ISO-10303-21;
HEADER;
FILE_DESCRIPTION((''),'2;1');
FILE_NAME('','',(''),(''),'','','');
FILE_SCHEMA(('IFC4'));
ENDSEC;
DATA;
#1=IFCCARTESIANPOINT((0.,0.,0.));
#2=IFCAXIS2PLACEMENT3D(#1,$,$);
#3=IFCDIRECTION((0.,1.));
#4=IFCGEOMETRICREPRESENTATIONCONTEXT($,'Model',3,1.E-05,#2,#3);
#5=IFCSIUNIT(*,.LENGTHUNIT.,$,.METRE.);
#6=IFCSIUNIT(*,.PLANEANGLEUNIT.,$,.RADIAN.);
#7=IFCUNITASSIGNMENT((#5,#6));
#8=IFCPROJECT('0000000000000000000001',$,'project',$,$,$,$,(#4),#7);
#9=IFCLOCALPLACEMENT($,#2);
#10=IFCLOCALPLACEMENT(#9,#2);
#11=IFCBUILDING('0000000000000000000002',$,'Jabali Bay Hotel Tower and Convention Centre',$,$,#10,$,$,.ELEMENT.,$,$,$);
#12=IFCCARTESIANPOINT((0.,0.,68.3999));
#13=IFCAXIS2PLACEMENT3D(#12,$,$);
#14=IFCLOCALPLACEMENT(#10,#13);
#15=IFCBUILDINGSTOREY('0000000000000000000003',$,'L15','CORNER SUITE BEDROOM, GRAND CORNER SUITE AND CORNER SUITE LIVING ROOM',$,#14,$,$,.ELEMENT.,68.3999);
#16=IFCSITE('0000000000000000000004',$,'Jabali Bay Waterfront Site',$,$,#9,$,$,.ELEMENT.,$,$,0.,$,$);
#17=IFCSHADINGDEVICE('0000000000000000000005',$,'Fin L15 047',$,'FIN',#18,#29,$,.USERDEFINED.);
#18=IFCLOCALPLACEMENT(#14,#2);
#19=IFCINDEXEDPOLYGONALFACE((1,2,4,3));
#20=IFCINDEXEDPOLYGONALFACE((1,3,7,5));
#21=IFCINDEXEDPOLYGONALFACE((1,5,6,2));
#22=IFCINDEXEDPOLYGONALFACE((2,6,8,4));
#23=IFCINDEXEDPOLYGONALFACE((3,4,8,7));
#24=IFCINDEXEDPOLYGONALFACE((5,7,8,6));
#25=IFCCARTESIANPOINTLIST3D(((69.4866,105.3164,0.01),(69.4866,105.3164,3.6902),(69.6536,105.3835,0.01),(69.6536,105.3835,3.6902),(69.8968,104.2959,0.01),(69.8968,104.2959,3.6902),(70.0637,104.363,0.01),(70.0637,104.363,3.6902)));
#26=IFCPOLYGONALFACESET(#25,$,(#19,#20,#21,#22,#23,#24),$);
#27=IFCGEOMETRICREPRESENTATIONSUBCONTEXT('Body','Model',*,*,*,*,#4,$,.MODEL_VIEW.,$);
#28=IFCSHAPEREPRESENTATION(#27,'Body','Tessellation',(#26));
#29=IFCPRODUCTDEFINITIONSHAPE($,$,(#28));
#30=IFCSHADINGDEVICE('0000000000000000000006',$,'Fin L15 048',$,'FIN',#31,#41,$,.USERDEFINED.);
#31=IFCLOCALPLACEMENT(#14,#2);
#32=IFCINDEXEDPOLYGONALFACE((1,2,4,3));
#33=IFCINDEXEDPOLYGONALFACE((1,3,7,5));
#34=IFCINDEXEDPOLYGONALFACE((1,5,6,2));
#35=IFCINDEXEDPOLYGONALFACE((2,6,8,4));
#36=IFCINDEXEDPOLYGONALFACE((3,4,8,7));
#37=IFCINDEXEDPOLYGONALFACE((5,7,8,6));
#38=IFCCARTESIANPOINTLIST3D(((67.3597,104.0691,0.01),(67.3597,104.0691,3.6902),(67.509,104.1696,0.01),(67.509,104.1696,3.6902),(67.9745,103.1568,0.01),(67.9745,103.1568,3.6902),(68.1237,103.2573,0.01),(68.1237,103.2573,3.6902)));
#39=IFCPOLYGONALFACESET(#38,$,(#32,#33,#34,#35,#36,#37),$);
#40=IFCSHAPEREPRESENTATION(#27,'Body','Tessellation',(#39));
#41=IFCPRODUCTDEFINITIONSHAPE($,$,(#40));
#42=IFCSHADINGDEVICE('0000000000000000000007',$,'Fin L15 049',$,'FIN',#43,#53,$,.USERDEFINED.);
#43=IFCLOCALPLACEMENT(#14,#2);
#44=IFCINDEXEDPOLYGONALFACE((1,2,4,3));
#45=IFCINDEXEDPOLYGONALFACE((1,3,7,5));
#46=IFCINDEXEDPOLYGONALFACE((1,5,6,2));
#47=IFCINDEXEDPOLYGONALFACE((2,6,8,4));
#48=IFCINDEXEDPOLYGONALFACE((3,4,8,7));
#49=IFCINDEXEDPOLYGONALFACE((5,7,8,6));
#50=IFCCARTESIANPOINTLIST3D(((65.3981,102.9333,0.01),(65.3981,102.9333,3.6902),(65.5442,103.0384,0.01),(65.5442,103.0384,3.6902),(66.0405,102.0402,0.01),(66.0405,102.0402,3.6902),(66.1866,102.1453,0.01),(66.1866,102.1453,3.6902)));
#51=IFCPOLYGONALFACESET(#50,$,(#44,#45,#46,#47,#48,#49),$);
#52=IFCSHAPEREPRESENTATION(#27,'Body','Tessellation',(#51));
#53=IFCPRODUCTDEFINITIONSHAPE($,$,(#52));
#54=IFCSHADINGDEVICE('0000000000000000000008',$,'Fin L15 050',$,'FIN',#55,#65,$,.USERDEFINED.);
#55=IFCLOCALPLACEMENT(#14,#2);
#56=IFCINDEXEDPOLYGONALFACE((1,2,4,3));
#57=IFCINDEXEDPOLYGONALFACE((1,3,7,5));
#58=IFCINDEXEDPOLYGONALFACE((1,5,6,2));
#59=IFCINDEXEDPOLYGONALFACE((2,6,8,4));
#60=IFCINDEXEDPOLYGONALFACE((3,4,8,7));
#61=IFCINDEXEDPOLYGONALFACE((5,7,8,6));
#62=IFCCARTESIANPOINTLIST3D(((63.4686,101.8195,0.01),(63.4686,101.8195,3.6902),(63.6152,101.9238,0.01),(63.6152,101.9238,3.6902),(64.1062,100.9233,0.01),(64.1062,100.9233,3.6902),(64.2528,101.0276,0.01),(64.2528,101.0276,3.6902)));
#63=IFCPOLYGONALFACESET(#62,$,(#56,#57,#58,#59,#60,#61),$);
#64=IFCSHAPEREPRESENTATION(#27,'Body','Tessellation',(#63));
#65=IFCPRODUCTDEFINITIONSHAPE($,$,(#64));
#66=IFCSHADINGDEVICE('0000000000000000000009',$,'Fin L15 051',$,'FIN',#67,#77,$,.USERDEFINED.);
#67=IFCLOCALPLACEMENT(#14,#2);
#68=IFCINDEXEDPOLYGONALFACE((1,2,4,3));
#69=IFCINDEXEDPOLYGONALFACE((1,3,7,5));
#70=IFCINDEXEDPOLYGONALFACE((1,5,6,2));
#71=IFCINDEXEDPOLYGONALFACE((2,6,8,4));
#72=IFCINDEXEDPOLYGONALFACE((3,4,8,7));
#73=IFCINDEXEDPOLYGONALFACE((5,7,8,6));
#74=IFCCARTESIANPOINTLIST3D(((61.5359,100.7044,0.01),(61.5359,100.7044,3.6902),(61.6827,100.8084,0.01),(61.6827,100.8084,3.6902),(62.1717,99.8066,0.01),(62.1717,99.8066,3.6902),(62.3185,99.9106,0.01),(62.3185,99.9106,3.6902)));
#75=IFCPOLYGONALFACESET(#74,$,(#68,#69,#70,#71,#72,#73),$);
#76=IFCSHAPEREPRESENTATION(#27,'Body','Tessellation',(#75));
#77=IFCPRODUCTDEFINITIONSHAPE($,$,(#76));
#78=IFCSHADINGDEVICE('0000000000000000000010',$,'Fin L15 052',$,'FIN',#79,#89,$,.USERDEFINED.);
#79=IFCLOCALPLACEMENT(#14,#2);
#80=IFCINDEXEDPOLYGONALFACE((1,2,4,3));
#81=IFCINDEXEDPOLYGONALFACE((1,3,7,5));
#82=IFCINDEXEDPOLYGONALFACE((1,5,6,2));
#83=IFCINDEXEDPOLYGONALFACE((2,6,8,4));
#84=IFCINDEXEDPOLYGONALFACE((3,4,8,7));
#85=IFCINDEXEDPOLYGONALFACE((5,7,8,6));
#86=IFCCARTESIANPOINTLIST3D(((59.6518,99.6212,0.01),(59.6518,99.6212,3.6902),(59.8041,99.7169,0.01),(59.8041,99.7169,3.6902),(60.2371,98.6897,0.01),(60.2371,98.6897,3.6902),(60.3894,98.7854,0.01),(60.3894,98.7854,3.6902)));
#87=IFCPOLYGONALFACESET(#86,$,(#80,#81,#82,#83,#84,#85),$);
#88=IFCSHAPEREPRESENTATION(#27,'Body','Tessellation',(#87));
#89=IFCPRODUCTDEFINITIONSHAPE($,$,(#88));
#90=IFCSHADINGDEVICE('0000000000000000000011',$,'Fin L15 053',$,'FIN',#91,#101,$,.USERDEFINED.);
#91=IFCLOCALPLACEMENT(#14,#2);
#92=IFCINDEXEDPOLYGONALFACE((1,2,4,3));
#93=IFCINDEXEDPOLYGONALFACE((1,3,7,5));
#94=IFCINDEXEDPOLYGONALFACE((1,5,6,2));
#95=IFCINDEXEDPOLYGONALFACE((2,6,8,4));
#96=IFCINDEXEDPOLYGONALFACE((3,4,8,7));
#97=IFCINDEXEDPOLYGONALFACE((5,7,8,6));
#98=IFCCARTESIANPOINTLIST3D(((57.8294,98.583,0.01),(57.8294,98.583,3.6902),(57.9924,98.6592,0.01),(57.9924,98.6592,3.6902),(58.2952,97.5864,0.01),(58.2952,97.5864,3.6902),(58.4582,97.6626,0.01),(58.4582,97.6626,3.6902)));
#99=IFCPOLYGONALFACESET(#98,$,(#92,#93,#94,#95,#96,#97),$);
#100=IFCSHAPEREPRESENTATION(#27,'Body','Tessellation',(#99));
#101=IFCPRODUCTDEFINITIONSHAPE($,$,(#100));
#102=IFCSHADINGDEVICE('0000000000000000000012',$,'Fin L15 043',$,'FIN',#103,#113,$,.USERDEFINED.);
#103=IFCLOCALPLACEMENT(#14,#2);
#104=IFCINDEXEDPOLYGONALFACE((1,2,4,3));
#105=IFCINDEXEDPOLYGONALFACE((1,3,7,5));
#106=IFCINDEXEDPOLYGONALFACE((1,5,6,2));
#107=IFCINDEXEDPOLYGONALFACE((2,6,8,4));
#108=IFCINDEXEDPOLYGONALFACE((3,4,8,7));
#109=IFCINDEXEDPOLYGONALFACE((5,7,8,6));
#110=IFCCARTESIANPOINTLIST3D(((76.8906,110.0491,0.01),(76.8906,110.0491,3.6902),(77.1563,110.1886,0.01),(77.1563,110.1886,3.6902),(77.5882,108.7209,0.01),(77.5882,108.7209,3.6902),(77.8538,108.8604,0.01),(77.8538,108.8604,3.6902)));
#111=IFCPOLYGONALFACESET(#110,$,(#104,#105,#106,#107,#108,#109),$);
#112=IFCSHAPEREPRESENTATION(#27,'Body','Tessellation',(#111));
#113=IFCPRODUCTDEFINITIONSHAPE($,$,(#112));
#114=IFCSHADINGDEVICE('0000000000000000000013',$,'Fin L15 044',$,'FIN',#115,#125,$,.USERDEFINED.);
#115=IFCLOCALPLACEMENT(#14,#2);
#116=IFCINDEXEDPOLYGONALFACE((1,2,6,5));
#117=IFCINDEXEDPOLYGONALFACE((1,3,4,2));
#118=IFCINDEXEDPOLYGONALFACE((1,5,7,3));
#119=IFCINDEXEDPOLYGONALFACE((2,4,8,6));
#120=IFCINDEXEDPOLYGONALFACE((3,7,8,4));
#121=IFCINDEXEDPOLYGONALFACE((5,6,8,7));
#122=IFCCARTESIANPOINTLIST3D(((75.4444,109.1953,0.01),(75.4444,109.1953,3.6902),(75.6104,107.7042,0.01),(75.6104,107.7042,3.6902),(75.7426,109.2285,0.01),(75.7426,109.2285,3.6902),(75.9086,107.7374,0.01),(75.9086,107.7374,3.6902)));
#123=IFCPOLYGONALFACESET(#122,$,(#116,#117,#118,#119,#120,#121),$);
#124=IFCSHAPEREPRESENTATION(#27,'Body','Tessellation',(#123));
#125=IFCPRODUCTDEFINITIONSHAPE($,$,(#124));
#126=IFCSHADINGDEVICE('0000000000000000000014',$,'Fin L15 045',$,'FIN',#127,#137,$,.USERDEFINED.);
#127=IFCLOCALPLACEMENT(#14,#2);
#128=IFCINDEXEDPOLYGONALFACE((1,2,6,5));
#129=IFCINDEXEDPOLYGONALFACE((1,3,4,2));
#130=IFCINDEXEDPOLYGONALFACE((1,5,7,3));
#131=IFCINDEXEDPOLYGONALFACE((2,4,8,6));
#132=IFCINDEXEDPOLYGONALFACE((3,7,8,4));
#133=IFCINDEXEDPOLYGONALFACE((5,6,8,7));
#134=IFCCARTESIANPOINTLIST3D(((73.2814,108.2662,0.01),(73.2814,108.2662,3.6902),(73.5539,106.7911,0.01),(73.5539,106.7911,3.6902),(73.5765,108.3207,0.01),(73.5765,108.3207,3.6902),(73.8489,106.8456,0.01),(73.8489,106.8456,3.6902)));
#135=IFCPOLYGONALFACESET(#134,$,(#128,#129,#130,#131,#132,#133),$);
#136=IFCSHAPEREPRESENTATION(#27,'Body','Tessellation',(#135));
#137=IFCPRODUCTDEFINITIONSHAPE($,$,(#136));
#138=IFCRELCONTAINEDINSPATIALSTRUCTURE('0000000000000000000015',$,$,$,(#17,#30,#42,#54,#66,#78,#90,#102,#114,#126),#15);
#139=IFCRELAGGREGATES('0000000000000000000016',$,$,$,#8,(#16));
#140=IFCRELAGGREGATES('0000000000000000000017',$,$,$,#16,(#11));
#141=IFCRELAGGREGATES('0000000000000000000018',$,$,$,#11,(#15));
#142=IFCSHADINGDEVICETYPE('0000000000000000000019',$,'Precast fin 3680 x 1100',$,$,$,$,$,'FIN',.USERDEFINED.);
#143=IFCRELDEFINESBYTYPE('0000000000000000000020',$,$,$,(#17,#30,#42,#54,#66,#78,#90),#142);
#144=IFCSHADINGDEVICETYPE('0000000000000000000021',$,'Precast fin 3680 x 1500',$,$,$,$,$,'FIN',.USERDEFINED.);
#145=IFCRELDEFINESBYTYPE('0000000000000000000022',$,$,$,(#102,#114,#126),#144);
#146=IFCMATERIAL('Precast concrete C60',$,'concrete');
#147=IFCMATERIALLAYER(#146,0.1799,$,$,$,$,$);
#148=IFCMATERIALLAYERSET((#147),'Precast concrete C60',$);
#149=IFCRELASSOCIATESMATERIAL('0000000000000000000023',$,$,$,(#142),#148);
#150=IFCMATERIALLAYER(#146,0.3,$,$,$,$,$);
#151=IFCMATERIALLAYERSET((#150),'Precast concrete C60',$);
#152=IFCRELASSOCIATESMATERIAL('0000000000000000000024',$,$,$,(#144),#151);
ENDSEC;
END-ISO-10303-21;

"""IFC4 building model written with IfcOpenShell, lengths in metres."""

from ifc_helpers import new_model, si_unit, direction, frame, frame_2d, origin, place, context, subcontext, project, spatial, rectangle, extrude, material, layer, layer_set, type_object, element, save


model = new_model("IFC4")

# Units and contexts
model_context = context("Model", 3, precision=1e-05, world=origin(), true_north=direction((0.0, 1.0)))
body_context = subcontext(model_context, "Body", "Model", "MODEL_VIEW")
ifc_project = project(units=[si_unit("LENGTHUNIT", "METRE"), si_unit("PLANEANGLEUNIT", "RADIAN")], contexts=[model_context])

# Site, building, storey
site_placement = place(None, origin())
site = spatial("IfcSite", under=ifc_project, at=site_placement, Name="Jabali Bay Waterfront Site", CompositionType="ELEMENT", RefElevation=0.0)
building_placement = place(site_placement, origin())
building = spatial("IfcBuilding", under=site, at=building_placement, Name="Jabali Bay Hotel Tower and Convention Centre", CompositionType="ELEMENT")
storey_placement = place(building_placement, frame((0.0, 0.0, 68.3999)))
storey = spatial("IfcBuildingStorey", under=building, at=storey_placement, Name="L15", Description="CORNER SUITE BEDROOM, GRAND CORNER SUITE AND CORNER SUITE LIVING ROOM", CompositionType="ELEMENT", Elevation=68.3999)

# Shading devices
ifc_material_1 = material(Name="Precast concrete C60", Category="concrete")
ifc_layer_1 = layer(ifc_material_1, 0.1799)
ifc_layer_set_1 = layer_set([ifc_layer_1], Name="Precast concrete C60")
shading_device_type_1 = type_object("IfcShadingDeviceType", Name="Precast fin 3680 x 1100", ElementType="FIN", PredefinedType="USERDEFINED", material=ifc_layer_set_1)
shading_device_1_placement = place(storey_placement, frame((69.9802, 104.3296, 0.01), z_axis=(0.0, 0.0, 1.0), x_axis=(-0.372921, 0.927863, 0.0)))
element("IfcShadingDevice", 1, at=shading_device_1_placement, inside=storey, type_object=shading_device_type_1, Name="Fin L15 047", ObjectType="FIN", PredefinedType="USERDEFINED", context=body_context, shape_type="SweptSolid", body=[
    extrude(rectangle(XDim=1.0999, YDim=0.1799, at=frame_2d((0.5498, 0.0))), origin(), (0.0, 0.0, 1.0), 3.6802),
])
for number, where, z_axis, x_axis, name in (
    (2, (68.0491, 103.207, 0.01), (0.0, 0.0, 1.0), (-0.55879, 0.829309, 0.0), "Fin L15 048"),
    (3, (66.1135, 102.0928, 0.01), (0.0, 0.0, 1.0), (-0.583901, 0.811825, 0.0), "Fin L15 049"),
):
    element("IfcShadingDevice", number, at=place(storey_placement, frame(where, z_axis=z_axis, x_axis=x_axis)), inside=storey, type_object=shading_device_type_1, Name=name, ObjectType="FIN", PredefinedType="USERDEFINED", context=body_context, shape_type="SweptSolid", body=[
        extrude(rectangle(XDim=1.1001, YDim=0.1799, at=frame_2d((0.55, 0.0))), origin(), (0.0, 0.0, 1.0), 3.6802),
    ])
shading_device_2_placement = place(storey_placement, frame((64.1794, 100.9756, 0.01), z_axis=(0.0, 0.0, 1.0), x_axis=(-0.579747, 0.814797, 0.0)))
element("IfcShadingDevice", 4, at=shading_device_2_placement, inside=storey, type_object=shading_device_type_1, Name="Fin L15 050", ObjectType="FIN", PredefinedType="USERDEFINED", context=body_context, shape_type="SweptSolid", body=[
    extrude(rectangle(XDim=1.0999, YDim=0.1799, at=frame_2d((0.5498, 0.0))), origin(), (0.0, 0.0, 1.0), 3.6802),
])
for number, where, z_axis, x_axis, name in (
    (5, (62.2451, 99.8586, 0.01), (0.0, 0.0, 1.0), (-0.577937, 0.816081, 0.0), "Fin L15 051"),
    (6, (60.3132, 98.7375, 0.01), (0.0, 0.0, 1.0), (-0.532012, 0.846737, 0.0), "Fin L15 052"),
    (7, (58.3767, 97.6245, 0.01), (0.0, 0.0, 1.0), (-0.423444, 0.905922, 0.0), "Fin L15 053"),
):
    element("IfcShadingDevice", number, at=place(storey_placement, frame(where, z_axis=z_axis, x_axis=x_axis)), inside=storey, type_object=shading_device_type_1, Name=name, ObjectType="FIN", PredefinedType="USERDEFINED", context=body_context, shape_type="SweptSolid", body=[
        extrude(rectangle(XDim=1.1001, YDim=0.1799, at=frame_2d((0.55, 0.0))), origin(), (0.0, 0.0, 1.0), 3.6802),
    ])
ifc_layer_2 = layer(ifc_material_1, 0.3)
ifc_layer_set_2 = layer_set([ifc_layer_2], Name="Precast concrete C60")
shading_device_type_2 = type_object("IfcShadingDeviceType", Name="Precast fin 3680 x 1500", ElementType="FIN", PredefinedType="USERDEFINED", material=ifc_layer_set_2)
for number, where, z_axis, x_axis, name in (
    (8, (77.7209, 108.7908, 0.01), (0.0, 0.0, 1.0), (-0.464961, 0.885331, 0.0), "Fin L15 043"),
    (9, (75.7595, 107.7209, 0.01), (0.0, 0.0, 1.0), (-0.110664, 0.993858, 0.0), "Fin L15 044"),
):
    element("IfcShadingDevice", number, at=place(storey_placement, frame(where, z_axis=z_axis, x_axis=x_axis)), inside=storey, type_object=shading_device_type_2, Name=name, ObjectType="FIN", PredefinedType="USERDEFINED", context=body_context, shape_type="SweptSolid", body=[
        extrude(rectangle(XDim=1.5002, YDim=0.3, at=frame_2d((0.75, 0.0))), origin(), (0.0, 0.0, 1.0), 3.6802),
    ])
shading_device_3_placement = place(storey_placement, frame((73.7014, 106.8184, 0.01), z_axis=(0.0, 0.0, 1.0), x_axis=(-0.181635, 0.983366, 0.0)))
element("IfcShadingDevice", 10, at=shading_device_3_placement, inside=storey, type_object=shading_device_type_2, Name="Fin L15 045", ObjectType="FIN", PredefinedType="USERDEFINED", context=body_context, shape_type="SweptSolid", body=[
    extrude(rectangle(XDim=1.5, YDim=0.3, at=frame_2d((0.75, 0.0))), origin(), (0.0, 0.0, 1.0), 3.6802),
])

save(model, "model.ifc")
